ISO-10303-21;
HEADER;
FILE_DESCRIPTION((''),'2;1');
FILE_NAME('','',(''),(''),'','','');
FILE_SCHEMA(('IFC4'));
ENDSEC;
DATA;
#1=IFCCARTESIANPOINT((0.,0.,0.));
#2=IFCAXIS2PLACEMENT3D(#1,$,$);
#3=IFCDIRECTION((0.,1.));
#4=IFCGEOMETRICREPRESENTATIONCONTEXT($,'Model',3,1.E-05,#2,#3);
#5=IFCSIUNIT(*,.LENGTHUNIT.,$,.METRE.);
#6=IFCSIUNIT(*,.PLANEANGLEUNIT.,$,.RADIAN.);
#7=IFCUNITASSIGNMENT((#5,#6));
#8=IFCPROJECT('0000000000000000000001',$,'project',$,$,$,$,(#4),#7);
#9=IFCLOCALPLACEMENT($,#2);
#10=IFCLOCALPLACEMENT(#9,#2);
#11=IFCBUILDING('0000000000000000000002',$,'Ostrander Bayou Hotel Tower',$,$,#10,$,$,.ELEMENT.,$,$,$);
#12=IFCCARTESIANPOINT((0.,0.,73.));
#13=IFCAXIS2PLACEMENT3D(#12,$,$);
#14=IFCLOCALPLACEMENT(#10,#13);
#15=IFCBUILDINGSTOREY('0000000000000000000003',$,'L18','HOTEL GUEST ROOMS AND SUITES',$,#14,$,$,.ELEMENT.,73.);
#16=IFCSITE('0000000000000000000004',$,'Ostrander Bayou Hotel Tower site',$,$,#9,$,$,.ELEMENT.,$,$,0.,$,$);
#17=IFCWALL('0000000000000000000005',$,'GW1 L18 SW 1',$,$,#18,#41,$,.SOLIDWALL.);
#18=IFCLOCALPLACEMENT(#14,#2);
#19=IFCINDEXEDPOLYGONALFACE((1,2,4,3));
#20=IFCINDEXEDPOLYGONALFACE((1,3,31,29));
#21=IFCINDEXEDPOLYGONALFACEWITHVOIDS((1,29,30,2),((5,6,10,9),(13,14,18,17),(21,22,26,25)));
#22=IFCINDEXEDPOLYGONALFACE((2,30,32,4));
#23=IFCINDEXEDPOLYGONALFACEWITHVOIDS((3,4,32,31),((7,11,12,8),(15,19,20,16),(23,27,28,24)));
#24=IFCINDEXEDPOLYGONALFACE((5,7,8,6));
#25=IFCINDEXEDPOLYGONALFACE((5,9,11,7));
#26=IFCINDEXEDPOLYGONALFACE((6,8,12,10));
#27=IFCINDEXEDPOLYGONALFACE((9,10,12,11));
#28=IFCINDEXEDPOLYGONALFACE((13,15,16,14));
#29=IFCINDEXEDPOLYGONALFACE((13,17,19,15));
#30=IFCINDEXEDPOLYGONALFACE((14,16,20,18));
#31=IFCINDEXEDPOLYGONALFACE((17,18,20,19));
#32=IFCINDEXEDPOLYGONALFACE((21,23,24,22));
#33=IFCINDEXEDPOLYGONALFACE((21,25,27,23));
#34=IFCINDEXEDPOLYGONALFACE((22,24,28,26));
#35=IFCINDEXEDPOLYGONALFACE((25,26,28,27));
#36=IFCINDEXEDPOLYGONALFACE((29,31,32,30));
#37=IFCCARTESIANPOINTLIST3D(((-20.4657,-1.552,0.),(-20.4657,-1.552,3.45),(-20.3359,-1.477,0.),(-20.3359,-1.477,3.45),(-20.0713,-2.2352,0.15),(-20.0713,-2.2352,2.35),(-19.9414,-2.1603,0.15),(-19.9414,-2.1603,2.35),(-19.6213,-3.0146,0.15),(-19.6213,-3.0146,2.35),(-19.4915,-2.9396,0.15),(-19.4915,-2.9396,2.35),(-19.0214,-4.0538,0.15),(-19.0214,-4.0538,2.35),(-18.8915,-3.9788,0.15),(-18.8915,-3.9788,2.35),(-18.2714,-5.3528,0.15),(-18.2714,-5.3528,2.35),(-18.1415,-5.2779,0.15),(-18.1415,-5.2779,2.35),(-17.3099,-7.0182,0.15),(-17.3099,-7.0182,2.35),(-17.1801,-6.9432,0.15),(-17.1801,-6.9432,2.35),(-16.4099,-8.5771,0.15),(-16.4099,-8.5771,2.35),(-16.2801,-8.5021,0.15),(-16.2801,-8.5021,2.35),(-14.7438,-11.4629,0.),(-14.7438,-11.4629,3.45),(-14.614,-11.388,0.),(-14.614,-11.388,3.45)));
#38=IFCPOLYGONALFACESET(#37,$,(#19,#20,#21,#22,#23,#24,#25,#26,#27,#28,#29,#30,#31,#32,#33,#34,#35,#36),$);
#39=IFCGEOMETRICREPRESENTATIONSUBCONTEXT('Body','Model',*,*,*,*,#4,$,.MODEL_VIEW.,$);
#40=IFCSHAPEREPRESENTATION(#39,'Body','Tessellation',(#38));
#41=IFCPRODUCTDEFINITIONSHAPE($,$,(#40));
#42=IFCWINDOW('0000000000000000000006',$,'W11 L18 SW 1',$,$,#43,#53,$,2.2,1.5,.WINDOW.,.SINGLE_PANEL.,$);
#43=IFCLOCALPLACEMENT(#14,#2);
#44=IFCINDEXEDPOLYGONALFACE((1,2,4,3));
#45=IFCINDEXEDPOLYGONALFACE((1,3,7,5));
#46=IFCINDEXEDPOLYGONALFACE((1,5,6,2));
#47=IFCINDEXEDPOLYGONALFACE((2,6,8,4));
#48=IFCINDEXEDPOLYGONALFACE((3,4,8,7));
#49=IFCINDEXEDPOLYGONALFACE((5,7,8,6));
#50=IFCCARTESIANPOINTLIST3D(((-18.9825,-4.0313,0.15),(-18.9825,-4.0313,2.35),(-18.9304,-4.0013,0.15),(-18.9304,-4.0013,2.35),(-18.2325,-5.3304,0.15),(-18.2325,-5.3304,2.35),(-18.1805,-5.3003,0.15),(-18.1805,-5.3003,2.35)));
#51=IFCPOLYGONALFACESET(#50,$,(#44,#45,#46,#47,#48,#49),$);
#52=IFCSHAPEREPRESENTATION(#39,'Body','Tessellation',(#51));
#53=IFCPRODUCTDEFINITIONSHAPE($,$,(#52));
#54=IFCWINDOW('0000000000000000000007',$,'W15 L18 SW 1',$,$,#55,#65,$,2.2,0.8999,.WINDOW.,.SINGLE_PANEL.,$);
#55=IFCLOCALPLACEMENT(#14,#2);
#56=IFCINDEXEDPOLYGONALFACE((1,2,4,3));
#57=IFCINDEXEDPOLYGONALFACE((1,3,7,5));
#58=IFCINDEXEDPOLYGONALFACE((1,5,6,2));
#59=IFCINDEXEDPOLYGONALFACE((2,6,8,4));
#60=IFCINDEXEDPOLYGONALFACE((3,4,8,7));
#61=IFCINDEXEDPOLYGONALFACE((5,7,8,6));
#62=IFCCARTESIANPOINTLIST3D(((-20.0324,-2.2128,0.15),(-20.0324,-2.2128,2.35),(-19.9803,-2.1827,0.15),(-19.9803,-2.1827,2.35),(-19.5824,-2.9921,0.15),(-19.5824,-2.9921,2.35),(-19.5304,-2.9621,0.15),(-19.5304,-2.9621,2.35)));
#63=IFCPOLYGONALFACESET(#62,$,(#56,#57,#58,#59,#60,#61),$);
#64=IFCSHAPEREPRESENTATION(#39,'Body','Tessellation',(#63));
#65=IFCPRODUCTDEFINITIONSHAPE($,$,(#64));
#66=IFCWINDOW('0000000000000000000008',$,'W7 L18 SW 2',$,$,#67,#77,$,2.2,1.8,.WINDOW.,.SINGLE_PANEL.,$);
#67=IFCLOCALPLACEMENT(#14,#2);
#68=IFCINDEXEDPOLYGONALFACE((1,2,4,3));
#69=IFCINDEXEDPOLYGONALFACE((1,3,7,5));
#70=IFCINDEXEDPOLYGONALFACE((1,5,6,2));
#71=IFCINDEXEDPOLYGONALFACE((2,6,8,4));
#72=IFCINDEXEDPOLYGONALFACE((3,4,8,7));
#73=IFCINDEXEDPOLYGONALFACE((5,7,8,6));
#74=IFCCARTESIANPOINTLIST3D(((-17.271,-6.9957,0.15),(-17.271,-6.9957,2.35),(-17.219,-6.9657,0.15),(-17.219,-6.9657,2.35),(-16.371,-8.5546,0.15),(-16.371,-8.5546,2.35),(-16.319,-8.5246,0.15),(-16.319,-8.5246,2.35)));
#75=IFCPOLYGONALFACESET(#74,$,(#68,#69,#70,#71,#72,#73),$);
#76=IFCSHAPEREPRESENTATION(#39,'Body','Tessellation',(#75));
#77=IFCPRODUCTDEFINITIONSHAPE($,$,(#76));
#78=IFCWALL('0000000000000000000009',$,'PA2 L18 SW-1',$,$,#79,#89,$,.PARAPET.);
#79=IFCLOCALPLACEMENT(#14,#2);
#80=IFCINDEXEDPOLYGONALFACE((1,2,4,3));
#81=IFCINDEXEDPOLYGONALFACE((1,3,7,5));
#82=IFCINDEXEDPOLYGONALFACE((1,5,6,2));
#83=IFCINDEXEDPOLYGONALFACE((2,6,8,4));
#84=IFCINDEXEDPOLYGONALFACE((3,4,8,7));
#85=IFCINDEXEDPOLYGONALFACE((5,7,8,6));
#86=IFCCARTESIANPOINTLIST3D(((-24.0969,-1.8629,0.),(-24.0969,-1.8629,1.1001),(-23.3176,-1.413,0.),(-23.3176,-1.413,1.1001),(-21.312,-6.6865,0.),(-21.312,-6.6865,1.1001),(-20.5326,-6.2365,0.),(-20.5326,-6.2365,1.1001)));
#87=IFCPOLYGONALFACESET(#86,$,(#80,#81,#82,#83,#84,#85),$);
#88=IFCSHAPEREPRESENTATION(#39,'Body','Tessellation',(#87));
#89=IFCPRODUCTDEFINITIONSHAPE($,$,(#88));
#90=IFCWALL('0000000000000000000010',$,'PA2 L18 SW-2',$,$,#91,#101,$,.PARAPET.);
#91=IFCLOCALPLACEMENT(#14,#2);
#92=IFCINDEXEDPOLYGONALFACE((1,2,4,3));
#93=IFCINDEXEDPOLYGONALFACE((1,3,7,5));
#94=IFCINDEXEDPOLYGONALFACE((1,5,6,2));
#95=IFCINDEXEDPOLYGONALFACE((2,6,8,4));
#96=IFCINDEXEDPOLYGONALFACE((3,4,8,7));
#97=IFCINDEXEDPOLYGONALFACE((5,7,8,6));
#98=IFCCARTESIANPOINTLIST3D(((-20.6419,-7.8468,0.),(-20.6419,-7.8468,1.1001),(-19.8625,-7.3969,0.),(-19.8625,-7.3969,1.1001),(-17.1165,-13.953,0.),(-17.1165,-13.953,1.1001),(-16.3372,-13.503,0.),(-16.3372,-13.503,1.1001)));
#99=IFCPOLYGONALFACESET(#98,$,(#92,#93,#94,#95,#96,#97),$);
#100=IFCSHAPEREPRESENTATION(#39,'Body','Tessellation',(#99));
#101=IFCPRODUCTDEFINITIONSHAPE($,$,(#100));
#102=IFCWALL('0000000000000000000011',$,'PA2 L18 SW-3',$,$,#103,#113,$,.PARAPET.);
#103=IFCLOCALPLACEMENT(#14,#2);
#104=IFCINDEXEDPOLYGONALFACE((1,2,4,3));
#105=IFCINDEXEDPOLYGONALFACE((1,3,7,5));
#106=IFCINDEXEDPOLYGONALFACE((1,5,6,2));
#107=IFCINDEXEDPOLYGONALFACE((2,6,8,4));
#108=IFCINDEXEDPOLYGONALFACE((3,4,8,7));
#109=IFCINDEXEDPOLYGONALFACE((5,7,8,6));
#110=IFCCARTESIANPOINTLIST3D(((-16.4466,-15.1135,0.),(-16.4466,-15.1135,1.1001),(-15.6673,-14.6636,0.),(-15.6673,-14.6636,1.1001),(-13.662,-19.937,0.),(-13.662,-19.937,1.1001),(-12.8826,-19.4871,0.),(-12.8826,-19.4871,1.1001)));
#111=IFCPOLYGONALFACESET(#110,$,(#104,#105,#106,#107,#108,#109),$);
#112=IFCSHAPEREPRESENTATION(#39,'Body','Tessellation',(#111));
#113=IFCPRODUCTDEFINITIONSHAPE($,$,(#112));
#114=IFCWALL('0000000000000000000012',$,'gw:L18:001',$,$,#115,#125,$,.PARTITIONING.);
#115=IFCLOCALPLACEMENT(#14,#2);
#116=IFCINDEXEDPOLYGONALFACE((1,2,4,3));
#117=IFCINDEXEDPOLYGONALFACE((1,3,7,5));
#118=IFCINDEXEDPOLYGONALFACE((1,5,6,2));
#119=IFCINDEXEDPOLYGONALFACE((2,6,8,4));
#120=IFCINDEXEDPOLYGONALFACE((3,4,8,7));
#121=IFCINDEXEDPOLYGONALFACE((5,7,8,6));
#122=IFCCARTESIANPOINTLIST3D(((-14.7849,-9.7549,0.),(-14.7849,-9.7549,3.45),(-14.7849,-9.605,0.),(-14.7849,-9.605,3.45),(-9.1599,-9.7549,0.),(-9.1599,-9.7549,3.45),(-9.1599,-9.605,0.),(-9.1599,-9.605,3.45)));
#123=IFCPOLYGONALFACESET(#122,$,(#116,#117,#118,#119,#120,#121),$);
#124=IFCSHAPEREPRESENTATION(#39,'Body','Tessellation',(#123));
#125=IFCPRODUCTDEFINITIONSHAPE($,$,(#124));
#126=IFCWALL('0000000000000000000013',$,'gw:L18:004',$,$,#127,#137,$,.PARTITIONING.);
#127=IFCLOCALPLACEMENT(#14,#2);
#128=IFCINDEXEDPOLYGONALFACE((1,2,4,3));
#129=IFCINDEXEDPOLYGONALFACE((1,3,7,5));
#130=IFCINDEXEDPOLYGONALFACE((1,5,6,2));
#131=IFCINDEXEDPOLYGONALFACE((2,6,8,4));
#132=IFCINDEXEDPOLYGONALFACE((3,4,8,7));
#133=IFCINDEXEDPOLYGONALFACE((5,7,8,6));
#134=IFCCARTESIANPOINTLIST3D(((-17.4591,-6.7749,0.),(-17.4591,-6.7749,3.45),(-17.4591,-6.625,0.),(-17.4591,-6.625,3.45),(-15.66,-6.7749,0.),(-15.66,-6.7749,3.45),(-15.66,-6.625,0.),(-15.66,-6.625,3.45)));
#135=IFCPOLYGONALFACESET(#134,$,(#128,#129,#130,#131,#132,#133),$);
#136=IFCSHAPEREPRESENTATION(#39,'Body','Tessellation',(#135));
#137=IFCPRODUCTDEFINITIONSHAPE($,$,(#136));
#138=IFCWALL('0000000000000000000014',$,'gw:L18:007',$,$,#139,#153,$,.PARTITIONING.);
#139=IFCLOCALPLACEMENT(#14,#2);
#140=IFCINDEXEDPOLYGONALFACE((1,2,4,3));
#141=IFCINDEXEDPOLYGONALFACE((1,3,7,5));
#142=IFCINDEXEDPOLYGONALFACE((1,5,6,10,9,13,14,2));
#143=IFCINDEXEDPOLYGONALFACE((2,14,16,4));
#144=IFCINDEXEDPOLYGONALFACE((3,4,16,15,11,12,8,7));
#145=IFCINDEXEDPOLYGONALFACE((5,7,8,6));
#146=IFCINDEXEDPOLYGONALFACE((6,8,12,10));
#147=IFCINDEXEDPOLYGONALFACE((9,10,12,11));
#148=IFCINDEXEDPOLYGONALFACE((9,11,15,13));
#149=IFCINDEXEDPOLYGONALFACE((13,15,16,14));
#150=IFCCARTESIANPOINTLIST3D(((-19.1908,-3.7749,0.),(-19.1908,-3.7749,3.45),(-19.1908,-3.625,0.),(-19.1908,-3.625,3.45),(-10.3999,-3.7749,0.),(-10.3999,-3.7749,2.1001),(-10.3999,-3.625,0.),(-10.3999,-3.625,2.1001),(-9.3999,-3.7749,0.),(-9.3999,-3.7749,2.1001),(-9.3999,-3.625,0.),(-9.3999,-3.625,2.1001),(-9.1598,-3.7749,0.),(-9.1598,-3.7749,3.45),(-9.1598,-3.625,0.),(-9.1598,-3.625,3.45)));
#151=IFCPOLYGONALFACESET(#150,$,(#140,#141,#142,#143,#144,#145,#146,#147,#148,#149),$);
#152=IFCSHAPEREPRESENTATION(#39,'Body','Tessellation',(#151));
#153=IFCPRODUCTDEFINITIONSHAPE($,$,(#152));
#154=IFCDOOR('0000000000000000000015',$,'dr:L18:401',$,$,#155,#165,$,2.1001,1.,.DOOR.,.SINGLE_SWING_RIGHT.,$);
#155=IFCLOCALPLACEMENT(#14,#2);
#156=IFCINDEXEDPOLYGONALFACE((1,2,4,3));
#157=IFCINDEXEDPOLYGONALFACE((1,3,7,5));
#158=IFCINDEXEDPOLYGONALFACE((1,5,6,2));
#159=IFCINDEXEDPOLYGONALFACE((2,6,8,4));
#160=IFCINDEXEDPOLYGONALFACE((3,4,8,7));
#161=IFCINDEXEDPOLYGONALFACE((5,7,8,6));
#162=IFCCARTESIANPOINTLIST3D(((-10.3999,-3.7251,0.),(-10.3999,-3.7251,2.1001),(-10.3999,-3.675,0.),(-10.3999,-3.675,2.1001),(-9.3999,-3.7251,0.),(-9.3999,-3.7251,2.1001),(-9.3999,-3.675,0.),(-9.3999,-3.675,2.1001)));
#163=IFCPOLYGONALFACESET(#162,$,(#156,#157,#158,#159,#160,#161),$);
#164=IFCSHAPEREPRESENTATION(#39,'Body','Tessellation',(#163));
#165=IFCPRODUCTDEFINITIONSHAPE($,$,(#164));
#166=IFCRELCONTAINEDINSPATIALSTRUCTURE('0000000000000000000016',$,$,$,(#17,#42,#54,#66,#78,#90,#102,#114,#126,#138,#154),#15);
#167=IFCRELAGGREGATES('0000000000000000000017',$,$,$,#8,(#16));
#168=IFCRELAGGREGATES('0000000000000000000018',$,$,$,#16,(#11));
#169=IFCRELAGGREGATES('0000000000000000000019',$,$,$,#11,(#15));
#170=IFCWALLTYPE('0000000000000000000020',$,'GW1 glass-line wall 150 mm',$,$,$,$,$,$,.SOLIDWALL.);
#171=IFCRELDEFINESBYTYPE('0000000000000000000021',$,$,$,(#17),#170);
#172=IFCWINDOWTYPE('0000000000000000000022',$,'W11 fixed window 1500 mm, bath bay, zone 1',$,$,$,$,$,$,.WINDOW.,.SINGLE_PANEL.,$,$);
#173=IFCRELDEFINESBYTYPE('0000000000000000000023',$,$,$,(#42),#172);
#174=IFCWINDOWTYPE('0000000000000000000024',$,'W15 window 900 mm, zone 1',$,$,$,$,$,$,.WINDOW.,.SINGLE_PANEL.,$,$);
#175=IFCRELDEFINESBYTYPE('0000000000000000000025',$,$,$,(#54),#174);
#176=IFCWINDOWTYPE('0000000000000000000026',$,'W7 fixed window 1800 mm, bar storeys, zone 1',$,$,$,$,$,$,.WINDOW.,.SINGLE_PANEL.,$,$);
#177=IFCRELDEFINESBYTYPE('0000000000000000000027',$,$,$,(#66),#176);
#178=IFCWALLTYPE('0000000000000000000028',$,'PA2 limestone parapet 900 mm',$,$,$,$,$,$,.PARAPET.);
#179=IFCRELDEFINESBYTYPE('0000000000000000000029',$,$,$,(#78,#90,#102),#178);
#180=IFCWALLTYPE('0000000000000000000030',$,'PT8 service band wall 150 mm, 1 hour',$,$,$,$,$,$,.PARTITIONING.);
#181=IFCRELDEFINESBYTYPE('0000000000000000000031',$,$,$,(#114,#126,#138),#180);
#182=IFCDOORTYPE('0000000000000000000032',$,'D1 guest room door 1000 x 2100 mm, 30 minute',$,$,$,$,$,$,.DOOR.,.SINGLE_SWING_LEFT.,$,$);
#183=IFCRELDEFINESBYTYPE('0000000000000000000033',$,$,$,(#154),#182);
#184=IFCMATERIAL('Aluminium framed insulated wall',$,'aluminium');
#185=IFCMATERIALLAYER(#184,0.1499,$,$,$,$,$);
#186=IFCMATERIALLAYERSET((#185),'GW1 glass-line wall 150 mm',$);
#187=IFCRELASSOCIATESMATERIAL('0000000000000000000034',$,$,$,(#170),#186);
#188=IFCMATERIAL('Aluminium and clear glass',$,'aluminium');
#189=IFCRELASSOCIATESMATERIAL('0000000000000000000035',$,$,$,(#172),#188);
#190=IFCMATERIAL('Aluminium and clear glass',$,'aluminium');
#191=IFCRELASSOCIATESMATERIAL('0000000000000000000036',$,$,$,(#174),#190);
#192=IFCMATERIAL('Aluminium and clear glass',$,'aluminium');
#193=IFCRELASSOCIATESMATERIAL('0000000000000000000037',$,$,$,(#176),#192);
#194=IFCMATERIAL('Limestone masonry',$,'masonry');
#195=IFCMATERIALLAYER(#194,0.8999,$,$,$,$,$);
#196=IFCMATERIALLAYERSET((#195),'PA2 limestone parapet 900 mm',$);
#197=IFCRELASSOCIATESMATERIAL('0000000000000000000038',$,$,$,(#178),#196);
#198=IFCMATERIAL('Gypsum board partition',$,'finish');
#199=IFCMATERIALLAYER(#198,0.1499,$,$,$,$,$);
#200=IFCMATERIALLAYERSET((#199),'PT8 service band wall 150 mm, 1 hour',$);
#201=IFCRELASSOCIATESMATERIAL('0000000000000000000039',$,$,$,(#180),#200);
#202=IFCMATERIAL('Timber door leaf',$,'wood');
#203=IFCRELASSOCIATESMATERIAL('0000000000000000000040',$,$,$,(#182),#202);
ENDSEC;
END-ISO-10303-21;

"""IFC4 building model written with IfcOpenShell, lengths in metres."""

from ifc_helpers import new_model, si_unit, direction, frame, frame_2d, origin, place, context, subcontext, project, spatial, rectangle, extrude, material, layer, layer_set, type_object, element, fill, save


model = new_model("IFC4")

# Units and contexts
model_context = context("Model", 3, precision=1e-05, world=origin(), true_north=direction((0.0, 1.0)))
body_context = subcontext(model_context, "Body", "Model", "MODEL_VIEW")
ifc_project = project(units=[si_unit("LENGTHUNIT", "METRE"), si_unit("PLANEANGLEUNIT", "RADIAN")], contexts=[model_context])

# Site, building, storey
site_placement = place(None, origin())
site = spatial("IfcSite", under=ifc_project, at=site_placement, Name="Ostrander Bayou Hotel Tower site", CompositionType="ELEMENT", RefElevation=0.0)
building_placement = place(site_placement, origin())
building = spatial("IfcBuilding", under=site, at=building_placement, Name="Ostrander Bayou Hotel Tower", CompositionType="ELEMENT")
storey_placement = place(building_placement, frame((0.0, 0.0, 73.0)))
storey = spatial("IfcBuildingStorey", under=building, at=storey_placement, Name="L18", Description="HOTEL GUEST ROOMS AND SUITES", CompositionType="ELEMENT", Elevation=73.0)

# Wall, openings, windows
ifc_material_1 = material(Name="Aluminium framed insulated wall", Category="aluminium")
ifc_layer_1 = layer(ifc_material_1, 0.1499)
ifc_layer_set_1 = layer_set([ifc_layer_1], Name="GW1 glass-line wall 150 mm")
wall_type_1 = type_object("IfcWallType", Name="GW1 glass-line wall 150 mm", PredefinedType="SOLIDWALL", material=ifc_layer_set_1)
wall_1_placement = place(storey_placement, frame((-20.4009, -1.5144, 0.0), z_axis=(0.0, 0.0, 1.0), x_axis=(0.499991, -0.86603, 0.0)))
wall_1 = element("IfcWall", 1, at=wall_1_placement, inside=storey, type_object=wall_type_1, Name="GW1 L18 SW 1", PredefinedType="SOLIDWALL", context=body_context, shape_type="SweptSolid", body=[
    extrude(rectangle(XDim=11.4441, YDim=0.1499, at=frame_2d((5.7222, 0.0))), origin(), (0.0, 0.0, 1.0), 3.45),
])
opening_1_placement = place(wall_1_placement, frame((0.7891, 0.0, 0.1499)))
opening_1 = element("IfcOpeningElement", 2, at=opening_1_placement, cuts=wall_1, PredefinedType="OPENING", context=body_context, shape_type="SweptSolid", body=[
    extrude(rectangle(XDim=0.8999, YDim=2.2, at=frame_2d((0.45, 1.1001))), frame((0.0, 0.075, 0.0), z_axis=(0.0, -1.0, 0.0), x_axis=(1.0, 0.0, 0.0)), (0.0, 0.0, 1.0), 0.1499),
])
opening_2_placement = place(wall_1_placement, frame((2.8889, 0.0, 0.1499)))
opening_2 = element("IfcOpeningElement", 3, at=opening_2_placement, cuts=wall_1, PredefinedType="OPENING", context=body_context, shape_type="SweptSolid", body=[
    extrude(rectangle(XDim=1.5, YDim=2.2, at=frame_2d((0.75, 1.1001))), frame((0.0, 0.075, 0.0), z_axis=(0.0, -1.0, 0.0), x_axis=(1.0, 0.0, 0.0)), (0.0, 0.0, 1.0), 0.1499),
])
opening_3_placement = place(wall_1_placement, frame((6.312, 0.0, 0.1499)))
opening_3 = element("IfcOpeningElement", 4, at=opening_3_placement, cuts=wall_1, PredefinedType="OPENING", context=body_context, shape_type="SweptSolid", body=[
    extrude(rectangle(XDim=1.8, YDim=2.2, at=frame_2d((0.8999, 1.1001))), frame((0.0, 0.075, 0.0), z_axis=(0.0, -1.0, 0.0), x_axis=(1.0, 0.0, 0.0)), (0.0, 0.0, 1.0), 0.1499),
])
ifc_material_2 = material(Name="Aluminium and clear glass", Category="aluminium")
window_type_1 = type_object("IfcWindowType", Name="W11 fixed window 1500 mm, bath bay, zone 1", PartitioningType="SINGLE_PANEL", PredefinedType="WINDOW", material=ifc_material_2)
window_1_placement = place(opening_2_placement, origin())
window_1 = element("IfcWindow", 5, at=window_1_placement, inside=storey, type_object=window_type_1, Name="W11 L18 SW 1", OverallHeight=2.2, OverallWidth=1.5, PartitioningType="SINGLE_PANEL", PredefinedType="WINDOW", context=body_context, shape_type="SweptSolid", body=[
    extrude(rectangle(XDim=1.5, YDim=2.2, at=frame_2d((0.75, 1.1001))), frame((0.0, 0.03, 0.0), z_axis=(0.0, -1.0, 0.0), x_axis=(1.0, 0.0, 0.0)), (0.0, 0.0, 1.0), 0.0601),
])
fill(opening_2, window_1)
ifc_material_3 = material(Name="Aluminium and clear glass", Category="aluminium")
window_type_2 = type_object("IfcWindowType", Name="W15 window 900 mm, zone 1", PartitioningType="SINGLE_PANEL", PredefinedType="WINDOW", material=ifc_material_3)
window_2_placement = place(opening_1_placement, origin())
window_2 = element("IfcWindow", 6, at=window_2_placement, inside=storey, type_object=window_type_2, Name="W15 L18 SW 1", OverallHeight=2.2, OverallWidth=0.8999, PartitioningType="SINGLE_PANEL", PredefinedType="WINDOW", context=body_context, shape_type="SweptSolid", body=[
    extrude(rectangle(XDim=0.8999, YDim=2.2, at=frame_2d((0.45, 1.1001))), frame((0.0, 0.03, 0.0), z_axis=(0.0, -1.0, 0.0), x_axis=(1.0, 0.0, 0.0)), (0.0, 0.0, 1.0), 0.0601),
])
fill(opening_1, window_2)
ifc_material_4 = material(Name="Aluminium and clear glass", Category="aluminium")
window_type_3 = type_object("IfcWindowType", Name="W7 fixed window 1800 mm, bar storeys, zone 1", PartitioningType="SINGLE_PANEL", PredefinedType="WINDOW", material=ifc_material_4)
window_3_placement = place(opening_3_placement, origin())
window_3 = element("IfcWindow", 7, at=window_3_placement, inside=storey, type_object=window_type_3, Name="W7 L18 SW 2", OverallHeight=2.2, OverallWidth=1.8, PartitioningType="SINGLE_PANEL", PredefinedType="WINDOW", context=body_context, shape_type="SweptSolid", body=[
    extrude(rectangle(XDim=1.8, YDim=2.2, at=frame_2d((0.8999, 1.1001))), frame((0.0, 0.03, 0.0), z_axis=(0.0, -1.0, 0.0), x_axis=(1.0, 0.0, 0.0)), (0.0, 0.0, 1.0), 0.0601),
])
fill(opening_3, window_3)

# Walls
ifc_material_5 = material(Name="Limestone masonry", Category="masonry")
ifc_layer_2 = layer(ifc_material_5, 0.8999)
ifc_layer_set_2 = layer_set([ifc_layer_2], Name="PA2 limestone parapet 900 mm")
wall_type_2 = type_object("IfcWallType", Name="PA2 limestone parapet 900 mm", PredefinedType="PARAPET", material=ifc_layer_set_2)
wall_2_placement = place(storey_placement, frame((-23.7073, -1.6379, 0.0), z_axis=(0.0, 0.0, 1.0), x_axis=(0.50001, -0.86602, 0.0)))
element("IfcWall", 8, at=wall_2_placement, inside=storey, type_object=wall_type_2, Name="PA2 L18 SW-1", PredefinedType="PARAPET", context=body_context, shape_type="SweptSolid", body=[
    extrude(rectangle(XDim=5.5698, YDim=0.8999, at=frame_2d((2.7849, 0.0))), origin(), (0.0, 0.0, 1.0), 1.1001),
])
wall_3_placement = place(storey_placement, frame((-20.2522, -7.6218, 0.0), z_axis=(0.0, 0.0, 1.0), x_axis=(0.499997, -0.866027, 0.0)))
element("IfcWall", 9, at=wall_3_placement, inside=storey, type_object=wall_type_2, Name="PA2 L18 SW-2", PredefinedType="PARAPET", context=body_context, shape_type="SweptSolid", body=[
    extrude(rectangle(XDim=7.0508, YDim=0.8999, at=frame_2d((3.5254, 0.0))), origin(), (0.0, 0.0, 1.0), 1.1001),
])
wall_4_placement = place(storey_placement, frame((-16.0569, -14.8887, 0.0), z_axis=(0.0, 0.0, 1.0), x_axis=(0.499977, -0.866039, 0.0)))
element("IfcWall", 10, at=wall_4_placement, inside=storey, type_object=wall_type_2, Name="PA2 L18 SW-3", PredefinedType="PARAPET", context=body_context, shape_type="SweptSolid", body=[
    extrude(rectangle(XDim=5.5696, YDim=0.8999, at=frame_2d((2.7847, 0.0))), origin(), (0.0, 0.0, 1.0), 1.1001),
])
ifc_material_6 = material(Name="Gypsum board partition", Category="finish")
ifc_layer_3 = layer(ifc_material_6, 0.1499)
ifc_layer_set_3 = layer_set([ifc_layer_3], Name="PT8 service band wall 150 mm, 1 hour")
wall_type_3 = type_object("IfcWallType", Name="PT8 service band wall 150 mm, 1 hour", PredefinedType="PARTITIONING", material=ifc_layer_set_3)
wall_5_placement = place(storey_placement, frame((-14.7849, -9.6799, 0.0), z_axis=(0.0, 0.0, 1.0), x_axis=(1.0, 0.0, 0.0)))
element("IfcWall", 11, at=wall_5_placement, inside=storey, type_object=wall_type_3, Name="gw:L18:001", PredefinedType="PARTITIONING", context=body_context, shape_type="SweptSolid", body=[
    extrude(rectangle(XDim=5.625, YDim=0.1499, at=frame_2d((2.8125, 0.0))), origin(), (0.0, 0.0, 1.0), 3.45),
])
wall_6_placement = place(storey_placement, frame((-17.459, -6.7, 0.0), z_axis=(0.0, 0.0, 1.0), x_axis=(1.0, 0.0, 0.0)))
element("IfcWall", 12, at=wall_6_placement, inside=storey, type_object=wall_type_3, Name="gw:L18:004", PredefinedType="PARTITIONING", context=body_context, shape_type="SweptSolid", body=[
    extrude(rectangle(XDim=1.7991, YDim=0.1499, at=frame_2d((0.8994, 0.0))), origin(), (0.0, 0.0, 1.0), 3.45),
])

# Wall, opening, door
wall_7_placement = place(storey_placement, frame((-19.1909, -3.7, 0.0), z_axis=(0.0, 0.0, 1.0), x_axis=(1.0, 0.0, 0.0)))
wall_7 = element("IfcWall", 13, at=wall_7_placement, inside=storey, type_object=wall_type_3, Name="gw:L18:007", PredefinedType="PARTITIONING", context=body_context, shape_type="SweptSolid", body=[
    extrude(rectangle(XDim=10.031, YDim=0.1499, at=frame_2d((5.0156, 0.0))), origin(), (0.0, 0.0, 1.0), 3.45),
])
opening_4_placement = place(wall_7_placement, frame((8.791, 0.0, 0.0)))
opening_4 = element("IfcOpeningElement", 14, at=opening_4_placement, cuts=wall_7, PredefinedType="OPENING", context=body_context, shape_type="SweptSolid", body=[
    extrude(rectangle(XDim=1.0, YDim=2.1001, at=frame_2d((0.5, 1.05))), frame((0.0, 0.075, 0.0), z_axis=(0.0, -1.0, 0.0), x_axis=(1.0, 0.0, 0.0)), (0.0, 0.0, 1.0), 0.1499),
])
ifc_material_7 = material(Name="Timber door leaf", Category="wood")
door_type_1 = type_object("IfcDoorType", Name="D1 guest room door 1000 x 2100 mm, 30 minute", OperationType="SINGLE_SWING_LEFT", PredefinedType="DOOR", material=ifc_material_7)
door_1_placement = place(opening_4_placement, origin())
door_1 = element("IfcDoor", 15, at=door_1_placement, inside=storey, type_object=door_type_1, Name="dr:L18:401", OperationType="SINGLE_SWING_RIGHT", OverallHeight=2.1001, OverallWidth=1.0, PredefinedType="DOOR", context=body_context, shape_type="SweptSolid", body=[
    extrude(rectangle(XDim=1.0, YDim=2.1001, at=frame_2d((0.5, 1.05))), frame((0.0, 0.0249, 0.0), z_axis=(0.0, -1.0, 0.0), x_axis=(1.0, 0.0, 0.0)), (0.0, 0.0, 1.0), 0.05),
])
fill(opening_4, door_1)

save(model, "model.ifc")
